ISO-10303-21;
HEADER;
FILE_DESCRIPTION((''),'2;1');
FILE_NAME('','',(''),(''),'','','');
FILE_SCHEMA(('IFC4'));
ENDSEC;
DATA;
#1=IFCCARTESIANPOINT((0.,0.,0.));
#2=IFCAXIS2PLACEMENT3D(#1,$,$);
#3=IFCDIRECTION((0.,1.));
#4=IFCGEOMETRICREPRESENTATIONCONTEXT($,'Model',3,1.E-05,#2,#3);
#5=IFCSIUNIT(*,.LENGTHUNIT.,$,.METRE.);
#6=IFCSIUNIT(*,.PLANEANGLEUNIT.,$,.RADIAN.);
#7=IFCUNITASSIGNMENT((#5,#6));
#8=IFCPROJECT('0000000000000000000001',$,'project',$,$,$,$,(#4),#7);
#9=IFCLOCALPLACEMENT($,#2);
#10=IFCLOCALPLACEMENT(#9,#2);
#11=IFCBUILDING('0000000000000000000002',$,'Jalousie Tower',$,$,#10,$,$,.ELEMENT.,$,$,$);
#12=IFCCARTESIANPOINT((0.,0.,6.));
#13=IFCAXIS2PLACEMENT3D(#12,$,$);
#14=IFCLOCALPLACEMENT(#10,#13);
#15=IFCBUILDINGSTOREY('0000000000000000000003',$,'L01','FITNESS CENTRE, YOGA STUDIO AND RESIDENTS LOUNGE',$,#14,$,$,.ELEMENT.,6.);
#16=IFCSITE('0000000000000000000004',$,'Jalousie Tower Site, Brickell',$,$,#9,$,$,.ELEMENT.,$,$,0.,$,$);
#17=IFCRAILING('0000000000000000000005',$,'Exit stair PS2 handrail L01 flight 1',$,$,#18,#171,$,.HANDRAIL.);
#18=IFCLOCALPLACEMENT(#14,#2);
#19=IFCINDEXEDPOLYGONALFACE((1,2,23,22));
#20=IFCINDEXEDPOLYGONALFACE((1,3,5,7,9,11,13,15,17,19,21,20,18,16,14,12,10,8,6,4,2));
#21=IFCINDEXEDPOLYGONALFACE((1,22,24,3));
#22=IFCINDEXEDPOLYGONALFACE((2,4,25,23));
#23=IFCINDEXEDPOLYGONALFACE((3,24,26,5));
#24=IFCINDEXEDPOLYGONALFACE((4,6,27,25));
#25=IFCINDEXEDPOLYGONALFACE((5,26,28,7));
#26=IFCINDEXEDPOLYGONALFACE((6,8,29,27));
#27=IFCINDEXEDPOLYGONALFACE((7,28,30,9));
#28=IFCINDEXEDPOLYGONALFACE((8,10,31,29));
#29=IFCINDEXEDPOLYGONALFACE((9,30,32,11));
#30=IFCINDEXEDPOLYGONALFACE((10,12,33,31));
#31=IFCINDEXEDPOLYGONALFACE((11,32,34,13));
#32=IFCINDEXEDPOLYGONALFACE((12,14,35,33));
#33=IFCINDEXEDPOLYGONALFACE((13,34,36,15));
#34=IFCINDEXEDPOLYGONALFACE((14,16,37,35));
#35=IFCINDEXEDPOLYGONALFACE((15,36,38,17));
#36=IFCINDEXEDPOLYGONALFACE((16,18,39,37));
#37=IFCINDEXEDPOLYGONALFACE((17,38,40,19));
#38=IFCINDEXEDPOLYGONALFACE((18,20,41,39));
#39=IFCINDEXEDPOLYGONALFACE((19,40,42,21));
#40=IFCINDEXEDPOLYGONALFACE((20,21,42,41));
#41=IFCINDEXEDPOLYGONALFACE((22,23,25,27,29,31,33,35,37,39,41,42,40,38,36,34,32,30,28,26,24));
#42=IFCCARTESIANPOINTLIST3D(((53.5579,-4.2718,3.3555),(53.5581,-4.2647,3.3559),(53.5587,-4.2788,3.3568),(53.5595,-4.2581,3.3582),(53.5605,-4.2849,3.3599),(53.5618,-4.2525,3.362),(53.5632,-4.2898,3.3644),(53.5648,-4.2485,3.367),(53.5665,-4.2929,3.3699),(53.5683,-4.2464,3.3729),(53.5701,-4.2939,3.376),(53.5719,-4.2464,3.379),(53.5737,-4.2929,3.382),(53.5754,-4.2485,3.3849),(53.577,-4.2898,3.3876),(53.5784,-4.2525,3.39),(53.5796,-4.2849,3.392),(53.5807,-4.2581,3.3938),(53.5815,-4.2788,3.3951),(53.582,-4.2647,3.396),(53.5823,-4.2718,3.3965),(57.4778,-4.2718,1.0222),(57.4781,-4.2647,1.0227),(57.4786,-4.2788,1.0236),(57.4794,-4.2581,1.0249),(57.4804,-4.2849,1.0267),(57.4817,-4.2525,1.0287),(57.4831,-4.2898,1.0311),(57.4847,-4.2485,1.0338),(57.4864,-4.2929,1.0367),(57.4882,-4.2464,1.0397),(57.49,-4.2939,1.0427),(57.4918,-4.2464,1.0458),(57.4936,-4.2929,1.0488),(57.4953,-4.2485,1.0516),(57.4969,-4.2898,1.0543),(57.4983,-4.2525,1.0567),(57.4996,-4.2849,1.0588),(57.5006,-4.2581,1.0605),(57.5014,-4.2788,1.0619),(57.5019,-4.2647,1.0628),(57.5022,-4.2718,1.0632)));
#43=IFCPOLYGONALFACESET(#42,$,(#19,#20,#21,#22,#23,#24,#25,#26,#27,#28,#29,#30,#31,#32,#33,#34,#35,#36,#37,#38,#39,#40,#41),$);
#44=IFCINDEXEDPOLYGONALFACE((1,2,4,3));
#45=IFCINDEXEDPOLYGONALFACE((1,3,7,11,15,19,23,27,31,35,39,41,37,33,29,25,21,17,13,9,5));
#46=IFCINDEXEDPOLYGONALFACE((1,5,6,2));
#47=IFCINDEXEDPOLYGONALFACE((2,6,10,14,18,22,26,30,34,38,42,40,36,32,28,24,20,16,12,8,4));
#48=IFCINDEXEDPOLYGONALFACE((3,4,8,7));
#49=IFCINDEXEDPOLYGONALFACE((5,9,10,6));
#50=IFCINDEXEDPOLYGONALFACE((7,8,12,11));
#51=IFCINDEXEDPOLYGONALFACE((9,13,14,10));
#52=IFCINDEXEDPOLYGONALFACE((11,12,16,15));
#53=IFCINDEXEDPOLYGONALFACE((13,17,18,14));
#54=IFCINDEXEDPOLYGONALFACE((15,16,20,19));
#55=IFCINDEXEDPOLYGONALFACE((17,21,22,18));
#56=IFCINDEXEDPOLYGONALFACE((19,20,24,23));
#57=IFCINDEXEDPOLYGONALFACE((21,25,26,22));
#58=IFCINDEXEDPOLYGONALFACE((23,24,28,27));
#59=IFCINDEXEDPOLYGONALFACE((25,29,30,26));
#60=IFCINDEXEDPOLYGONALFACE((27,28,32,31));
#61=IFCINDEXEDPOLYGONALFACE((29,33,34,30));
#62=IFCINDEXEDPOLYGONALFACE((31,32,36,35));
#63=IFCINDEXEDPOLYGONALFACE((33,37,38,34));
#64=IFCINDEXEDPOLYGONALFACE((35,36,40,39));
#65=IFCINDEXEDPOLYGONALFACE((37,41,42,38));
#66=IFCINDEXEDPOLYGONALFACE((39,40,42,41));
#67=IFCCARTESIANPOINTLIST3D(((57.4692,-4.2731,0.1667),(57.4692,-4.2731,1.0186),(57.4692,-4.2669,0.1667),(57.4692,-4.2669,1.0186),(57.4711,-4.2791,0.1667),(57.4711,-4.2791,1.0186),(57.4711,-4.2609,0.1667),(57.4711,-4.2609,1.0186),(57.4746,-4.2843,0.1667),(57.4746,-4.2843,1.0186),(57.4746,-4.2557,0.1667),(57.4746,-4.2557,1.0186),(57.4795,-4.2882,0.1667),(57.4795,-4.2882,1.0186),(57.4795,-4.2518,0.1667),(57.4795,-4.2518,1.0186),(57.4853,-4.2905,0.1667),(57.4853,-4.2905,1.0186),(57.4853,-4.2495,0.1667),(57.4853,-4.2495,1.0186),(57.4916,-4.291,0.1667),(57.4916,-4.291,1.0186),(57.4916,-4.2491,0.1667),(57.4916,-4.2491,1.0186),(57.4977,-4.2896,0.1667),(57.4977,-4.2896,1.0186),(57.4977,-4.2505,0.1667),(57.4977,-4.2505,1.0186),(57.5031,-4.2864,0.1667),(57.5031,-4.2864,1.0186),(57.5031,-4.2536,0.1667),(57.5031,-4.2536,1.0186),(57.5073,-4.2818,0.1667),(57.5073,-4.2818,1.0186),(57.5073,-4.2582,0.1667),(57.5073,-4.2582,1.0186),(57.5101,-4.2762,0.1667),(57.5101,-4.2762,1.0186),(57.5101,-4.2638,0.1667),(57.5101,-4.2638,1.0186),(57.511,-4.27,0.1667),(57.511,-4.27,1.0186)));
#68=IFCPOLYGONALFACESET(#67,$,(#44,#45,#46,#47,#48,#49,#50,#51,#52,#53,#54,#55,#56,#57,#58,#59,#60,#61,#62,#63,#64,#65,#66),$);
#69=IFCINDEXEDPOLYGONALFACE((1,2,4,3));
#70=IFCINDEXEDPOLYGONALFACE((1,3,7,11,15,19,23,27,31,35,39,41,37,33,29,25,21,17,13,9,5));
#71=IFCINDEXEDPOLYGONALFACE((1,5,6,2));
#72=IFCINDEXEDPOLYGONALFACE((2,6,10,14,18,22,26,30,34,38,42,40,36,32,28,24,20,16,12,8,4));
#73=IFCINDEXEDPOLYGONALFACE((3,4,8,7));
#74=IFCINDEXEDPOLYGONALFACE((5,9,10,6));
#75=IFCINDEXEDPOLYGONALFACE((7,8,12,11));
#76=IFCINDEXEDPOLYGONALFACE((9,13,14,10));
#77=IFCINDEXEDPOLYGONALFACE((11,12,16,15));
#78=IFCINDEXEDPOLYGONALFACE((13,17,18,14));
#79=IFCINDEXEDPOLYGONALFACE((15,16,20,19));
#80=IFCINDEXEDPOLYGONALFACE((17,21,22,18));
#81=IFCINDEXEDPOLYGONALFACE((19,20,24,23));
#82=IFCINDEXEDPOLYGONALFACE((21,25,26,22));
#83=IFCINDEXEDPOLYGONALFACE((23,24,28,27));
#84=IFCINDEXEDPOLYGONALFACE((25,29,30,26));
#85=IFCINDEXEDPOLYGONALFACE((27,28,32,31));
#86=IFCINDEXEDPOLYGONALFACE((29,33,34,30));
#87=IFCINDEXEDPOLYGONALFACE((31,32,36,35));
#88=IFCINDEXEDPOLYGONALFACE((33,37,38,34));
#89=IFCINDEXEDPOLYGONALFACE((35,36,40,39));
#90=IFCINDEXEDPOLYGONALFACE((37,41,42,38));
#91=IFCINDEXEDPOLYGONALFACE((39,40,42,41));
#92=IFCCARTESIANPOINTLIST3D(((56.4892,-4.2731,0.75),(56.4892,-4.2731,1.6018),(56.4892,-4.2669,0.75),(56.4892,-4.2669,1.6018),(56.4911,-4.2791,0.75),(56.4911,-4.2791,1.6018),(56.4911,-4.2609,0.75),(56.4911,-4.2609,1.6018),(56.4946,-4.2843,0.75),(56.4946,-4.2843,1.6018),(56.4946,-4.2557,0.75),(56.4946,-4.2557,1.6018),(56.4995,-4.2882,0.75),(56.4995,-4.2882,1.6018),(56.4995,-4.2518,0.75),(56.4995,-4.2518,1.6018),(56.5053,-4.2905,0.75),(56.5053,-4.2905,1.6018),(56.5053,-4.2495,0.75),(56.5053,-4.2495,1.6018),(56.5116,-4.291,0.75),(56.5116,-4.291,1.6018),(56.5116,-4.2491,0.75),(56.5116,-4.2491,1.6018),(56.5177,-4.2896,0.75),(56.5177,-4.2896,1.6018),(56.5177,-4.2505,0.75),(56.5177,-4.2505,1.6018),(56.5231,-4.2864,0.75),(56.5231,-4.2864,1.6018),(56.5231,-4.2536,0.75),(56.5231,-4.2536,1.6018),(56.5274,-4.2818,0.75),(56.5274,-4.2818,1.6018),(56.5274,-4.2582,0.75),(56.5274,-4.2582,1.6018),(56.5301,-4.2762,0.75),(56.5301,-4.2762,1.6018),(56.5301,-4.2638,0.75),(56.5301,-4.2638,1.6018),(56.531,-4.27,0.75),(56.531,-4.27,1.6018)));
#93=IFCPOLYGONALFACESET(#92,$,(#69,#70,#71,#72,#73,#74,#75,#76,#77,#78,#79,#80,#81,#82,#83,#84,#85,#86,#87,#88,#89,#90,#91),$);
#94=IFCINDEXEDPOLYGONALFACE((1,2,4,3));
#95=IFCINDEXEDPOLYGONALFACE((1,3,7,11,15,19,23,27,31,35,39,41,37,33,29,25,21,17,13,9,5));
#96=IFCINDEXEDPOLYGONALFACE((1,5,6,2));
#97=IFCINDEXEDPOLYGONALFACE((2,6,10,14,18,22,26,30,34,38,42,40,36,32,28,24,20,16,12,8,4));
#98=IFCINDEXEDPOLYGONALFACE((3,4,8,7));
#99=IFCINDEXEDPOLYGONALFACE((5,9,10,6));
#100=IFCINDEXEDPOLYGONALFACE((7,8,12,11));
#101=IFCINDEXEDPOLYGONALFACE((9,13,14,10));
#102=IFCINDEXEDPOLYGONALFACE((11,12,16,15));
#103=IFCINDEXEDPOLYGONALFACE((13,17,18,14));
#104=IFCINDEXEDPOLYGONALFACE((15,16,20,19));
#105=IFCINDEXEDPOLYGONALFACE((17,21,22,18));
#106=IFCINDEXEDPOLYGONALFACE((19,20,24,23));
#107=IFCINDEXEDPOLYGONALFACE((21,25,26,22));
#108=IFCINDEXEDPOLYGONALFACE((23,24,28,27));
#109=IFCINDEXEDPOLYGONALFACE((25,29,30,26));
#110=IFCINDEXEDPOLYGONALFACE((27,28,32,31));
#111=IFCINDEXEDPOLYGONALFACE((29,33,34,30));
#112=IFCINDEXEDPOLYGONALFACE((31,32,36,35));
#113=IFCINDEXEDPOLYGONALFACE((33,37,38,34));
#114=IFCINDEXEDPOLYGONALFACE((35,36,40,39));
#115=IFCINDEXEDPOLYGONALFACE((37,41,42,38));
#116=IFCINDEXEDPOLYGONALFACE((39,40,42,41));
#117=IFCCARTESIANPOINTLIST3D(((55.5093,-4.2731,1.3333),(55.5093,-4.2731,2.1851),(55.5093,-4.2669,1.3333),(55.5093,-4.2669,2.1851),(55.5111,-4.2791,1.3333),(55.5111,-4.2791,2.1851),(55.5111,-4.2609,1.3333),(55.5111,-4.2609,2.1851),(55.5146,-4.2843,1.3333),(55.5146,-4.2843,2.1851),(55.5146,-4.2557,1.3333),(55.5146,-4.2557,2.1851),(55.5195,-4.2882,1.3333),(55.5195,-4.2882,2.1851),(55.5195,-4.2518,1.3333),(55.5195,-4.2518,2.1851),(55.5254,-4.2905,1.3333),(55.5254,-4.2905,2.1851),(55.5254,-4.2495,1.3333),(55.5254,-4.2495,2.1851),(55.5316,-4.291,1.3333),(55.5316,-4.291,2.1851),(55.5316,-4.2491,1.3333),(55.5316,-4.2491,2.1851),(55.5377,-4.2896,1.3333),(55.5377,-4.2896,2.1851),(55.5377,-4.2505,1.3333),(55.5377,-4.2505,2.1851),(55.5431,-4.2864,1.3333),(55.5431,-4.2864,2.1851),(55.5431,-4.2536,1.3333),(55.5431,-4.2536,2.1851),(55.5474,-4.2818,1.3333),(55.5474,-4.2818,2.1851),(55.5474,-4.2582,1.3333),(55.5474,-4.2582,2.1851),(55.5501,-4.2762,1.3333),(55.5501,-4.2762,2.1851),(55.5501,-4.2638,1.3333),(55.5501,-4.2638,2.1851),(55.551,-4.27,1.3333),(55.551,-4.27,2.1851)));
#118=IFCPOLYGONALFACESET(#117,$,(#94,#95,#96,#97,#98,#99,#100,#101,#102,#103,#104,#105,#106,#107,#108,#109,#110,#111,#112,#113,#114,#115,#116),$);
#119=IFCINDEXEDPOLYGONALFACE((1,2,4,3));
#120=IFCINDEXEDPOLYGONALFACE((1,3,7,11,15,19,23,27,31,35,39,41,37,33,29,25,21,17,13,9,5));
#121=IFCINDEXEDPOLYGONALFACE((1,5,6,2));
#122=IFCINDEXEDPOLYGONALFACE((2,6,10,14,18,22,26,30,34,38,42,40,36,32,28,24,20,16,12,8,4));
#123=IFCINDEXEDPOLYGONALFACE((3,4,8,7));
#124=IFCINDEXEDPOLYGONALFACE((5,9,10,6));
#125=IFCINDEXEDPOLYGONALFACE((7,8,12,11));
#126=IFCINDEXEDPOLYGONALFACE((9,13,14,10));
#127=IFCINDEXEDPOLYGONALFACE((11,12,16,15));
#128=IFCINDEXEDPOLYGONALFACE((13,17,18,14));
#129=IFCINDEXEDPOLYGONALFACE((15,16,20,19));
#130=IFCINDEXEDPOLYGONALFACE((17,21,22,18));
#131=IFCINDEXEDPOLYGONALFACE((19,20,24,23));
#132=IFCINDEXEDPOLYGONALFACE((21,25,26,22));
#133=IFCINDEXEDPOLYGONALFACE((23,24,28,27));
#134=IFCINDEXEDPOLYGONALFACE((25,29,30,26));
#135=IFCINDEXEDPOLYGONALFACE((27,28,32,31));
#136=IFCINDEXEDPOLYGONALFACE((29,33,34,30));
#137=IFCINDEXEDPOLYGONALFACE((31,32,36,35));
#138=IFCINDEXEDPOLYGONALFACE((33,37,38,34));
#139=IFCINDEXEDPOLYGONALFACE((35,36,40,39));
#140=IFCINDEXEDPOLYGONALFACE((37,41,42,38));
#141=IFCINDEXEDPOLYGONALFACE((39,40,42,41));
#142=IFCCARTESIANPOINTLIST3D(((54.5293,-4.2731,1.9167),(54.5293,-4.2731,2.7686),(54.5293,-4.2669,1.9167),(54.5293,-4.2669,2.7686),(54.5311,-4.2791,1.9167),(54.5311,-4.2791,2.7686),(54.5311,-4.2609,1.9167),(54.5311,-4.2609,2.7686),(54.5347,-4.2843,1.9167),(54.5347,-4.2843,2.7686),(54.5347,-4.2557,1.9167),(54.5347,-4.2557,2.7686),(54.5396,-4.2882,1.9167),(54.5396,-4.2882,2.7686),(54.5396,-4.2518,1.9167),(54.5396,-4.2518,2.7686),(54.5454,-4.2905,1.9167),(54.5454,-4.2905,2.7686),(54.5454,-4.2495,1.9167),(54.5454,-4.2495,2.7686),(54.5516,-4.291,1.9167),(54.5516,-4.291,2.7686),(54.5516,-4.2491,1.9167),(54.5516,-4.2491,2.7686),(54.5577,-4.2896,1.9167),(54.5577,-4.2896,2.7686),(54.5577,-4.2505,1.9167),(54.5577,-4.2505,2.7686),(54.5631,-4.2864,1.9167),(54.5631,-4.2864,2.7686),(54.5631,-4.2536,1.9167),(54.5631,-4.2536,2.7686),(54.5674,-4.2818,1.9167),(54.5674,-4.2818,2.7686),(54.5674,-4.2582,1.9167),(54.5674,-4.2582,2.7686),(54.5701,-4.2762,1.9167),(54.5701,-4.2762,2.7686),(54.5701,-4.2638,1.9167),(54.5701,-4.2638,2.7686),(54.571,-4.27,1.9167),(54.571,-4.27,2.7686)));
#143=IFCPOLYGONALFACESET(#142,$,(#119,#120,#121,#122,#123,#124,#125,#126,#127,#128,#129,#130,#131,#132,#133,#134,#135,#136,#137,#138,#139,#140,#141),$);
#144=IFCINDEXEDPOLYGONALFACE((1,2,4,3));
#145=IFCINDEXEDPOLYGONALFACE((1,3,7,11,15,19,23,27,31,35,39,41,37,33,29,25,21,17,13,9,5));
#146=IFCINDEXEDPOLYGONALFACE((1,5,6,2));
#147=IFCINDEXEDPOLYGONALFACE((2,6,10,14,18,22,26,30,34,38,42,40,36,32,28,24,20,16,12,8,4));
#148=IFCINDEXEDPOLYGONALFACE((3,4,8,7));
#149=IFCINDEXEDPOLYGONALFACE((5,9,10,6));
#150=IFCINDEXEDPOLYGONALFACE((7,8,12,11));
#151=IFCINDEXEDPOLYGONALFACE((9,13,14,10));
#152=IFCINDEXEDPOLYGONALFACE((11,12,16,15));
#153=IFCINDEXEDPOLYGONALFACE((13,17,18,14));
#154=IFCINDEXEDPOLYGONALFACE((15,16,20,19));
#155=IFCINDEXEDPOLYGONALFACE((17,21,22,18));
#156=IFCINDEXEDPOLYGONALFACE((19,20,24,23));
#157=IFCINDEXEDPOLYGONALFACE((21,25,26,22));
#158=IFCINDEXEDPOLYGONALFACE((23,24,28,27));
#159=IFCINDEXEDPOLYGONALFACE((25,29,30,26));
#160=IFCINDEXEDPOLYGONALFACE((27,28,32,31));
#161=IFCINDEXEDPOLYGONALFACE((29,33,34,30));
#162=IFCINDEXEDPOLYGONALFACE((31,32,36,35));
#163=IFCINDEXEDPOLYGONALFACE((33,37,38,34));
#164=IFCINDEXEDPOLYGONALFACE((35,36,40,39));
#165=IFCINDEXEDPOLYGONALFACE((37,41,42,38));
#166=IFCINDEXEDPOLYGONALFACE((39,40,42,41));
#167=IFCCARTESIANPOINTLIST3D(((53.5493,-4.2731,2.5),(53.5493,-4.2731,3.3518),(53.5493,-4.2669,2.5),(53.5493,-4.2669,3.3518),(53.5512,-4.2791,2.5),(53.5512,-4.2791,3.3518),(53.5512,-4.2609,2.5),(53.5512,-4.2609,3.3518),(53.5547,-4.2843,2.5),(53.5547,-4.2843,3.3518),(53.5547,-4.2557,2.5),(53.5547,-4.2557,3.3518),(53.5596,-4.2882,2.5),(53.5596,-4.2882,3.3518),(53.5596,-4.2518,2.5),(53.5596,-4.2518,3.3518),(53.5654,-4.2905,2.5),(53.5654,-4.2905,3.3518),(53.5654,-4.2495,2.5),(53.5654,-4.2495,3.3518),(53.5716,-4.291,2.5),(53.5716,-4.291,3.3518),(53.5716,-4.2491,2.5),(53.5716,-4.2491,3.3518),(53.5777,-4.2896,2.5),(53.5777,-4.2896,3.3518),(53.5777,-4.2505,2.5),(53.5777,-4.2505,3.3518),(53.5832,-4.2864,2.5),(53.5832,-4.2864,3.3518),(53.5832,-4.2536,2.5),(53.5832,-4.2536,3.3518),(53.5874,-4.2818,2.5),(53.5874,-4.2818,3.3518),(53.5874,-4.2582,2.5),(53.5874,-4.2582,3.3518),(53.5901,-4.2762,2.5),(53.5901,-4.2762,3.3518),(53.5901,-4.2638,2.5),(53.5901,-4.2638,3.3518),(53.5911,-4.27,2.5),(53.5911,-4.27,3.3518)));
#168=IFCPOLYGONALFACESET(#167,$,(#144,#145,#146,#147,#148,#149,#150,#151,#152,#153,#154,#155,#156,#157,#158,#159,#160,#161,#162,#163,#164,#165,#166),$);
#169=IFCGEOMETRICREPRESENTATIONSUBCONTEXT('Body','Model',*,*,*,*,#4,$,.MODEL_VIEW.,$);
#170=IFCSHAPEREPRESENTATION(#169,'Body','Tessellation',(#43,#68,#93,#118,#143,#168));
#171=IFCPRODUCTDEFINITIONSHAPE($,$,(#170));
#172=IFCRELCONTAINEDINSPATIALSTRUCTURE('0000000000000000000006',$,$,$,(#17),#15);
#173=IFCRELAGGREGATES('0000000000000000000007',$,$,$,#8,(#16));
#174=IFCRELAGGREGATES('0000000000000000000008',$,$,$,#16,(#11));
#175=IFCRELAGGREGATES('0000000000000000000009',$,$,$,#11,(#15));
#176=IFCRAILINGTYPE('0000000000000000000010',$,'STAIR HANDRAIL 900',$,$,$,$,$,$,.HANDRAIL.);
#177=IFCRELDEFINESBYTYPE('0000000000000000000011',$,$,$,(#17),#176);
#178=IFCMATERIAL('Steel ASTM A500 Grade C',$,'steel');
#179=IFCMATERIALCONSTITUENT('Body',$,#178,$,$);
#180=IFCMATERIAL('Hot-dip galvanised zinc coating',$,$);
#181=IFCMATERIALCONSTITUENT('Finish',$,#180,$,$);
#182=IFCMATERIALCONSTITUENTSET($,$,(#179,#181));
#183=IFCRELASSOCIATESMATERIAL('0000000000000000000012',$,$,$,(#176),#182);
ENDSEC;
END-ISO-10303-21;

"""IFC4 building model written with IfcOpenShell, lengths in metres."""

from ifc_helpers import new_model, si_unit, direction, frame, origin, origin_2d, place, context, subcontext, project, spatial, circle, extrude, material, constituent, constituent_set, type_object, element, save


model = new_model("IFC4")

# Units and contexts
model_context = context("Model", 3, precision=1e-05, world=origin(), true_north=direction((0.0, 1.0)))
body_context = subcontext(model_context, "Body", "Model", "MODEL_VIEW")
ifc_project = project(units=[si_unit("LENGTHUNIT", "METRE"), si_unit("PLANEANGLEUNIT", "RADIAN")], contexts=[model_context])

# Site, building, storey
site_placement = place(None, origin())
site = spatial("IfcSite", under=ifc_project, at=site_placement, Name="Jalousie Tower Site, Brickell", CompositionType="ELEMENT", RefElevation=0.0)
building_placement = place(site_placement, origin())
building = spatial("IfcBuilding", under=site, at=building_placement, Name="Jalousie Tower", CompositionType="ELEMENT")
storey_placement = place(building_placement, frame((0.0, 0.0, 6.0)))
storey = spatial("IfcBuildingStorey", under=building, at=storey_placement, Name="L01", Description="FITNESS CENTRE, YOGA STUDIO AND RESIDENTS LOUNGE", CompositionType="ELEMENT", Elevation=6.0)

# Railing
ifc_material_1 = material(Name="Steel ASTM A500 Grade C", Category="steel")
ifc_constituent_1 = constituent(ifc_material_1, Name="Body")
ifc_material_2 = material(Name="Hot-dip galvanised zinc coating")
ifc_constituent_2 = constituent(ifc_material_2, Name="Finish")
ifc_constituent_set_1 = constituent_set(constituents=[ifc_constituent_1, ifc_constituent_2])
railing_type_1 = type_object("IfcRailingType", Name="STAIR HANDRAIL 900", PredefinedType="HANDRAIL", material=ifc_constituent_set_1)
railing_1_placement = place(storey_placement, frame((57.49, -4.27, 0.1667)))
element("IfcRailing", 1, at=railing_1_placement, inside=storey, type_object=railing_type_1, Name="Exit stair PS2 handrail L01 flight 1", PredefinedType="HANDRAIL", context=body_context, shape_type="SweptSolid", body=[
    extrude(circle(Radius=0.0239, at=origin_2d()), frame((0.0, 0.0, 0.876), z_axis=(-0.859296, 0.0, 0.511478), x_axis=(0.0, -1.0, 0.0)), (0.0, 0.0, 1.0), 4.5618),
    extrude(circle(Radius=0.021, at=origin_2d()), origin(), (0.0, 0.0, 1.0), 0.8518),
    extrude(circle(Radius=0.021, at=origin_2d()), frame((-0.98, 0.0, 0.5833)), (0.0, 0.0, 1.0), 0.8518),
    extrude(circle(Radius=0.021, at=origin_2d()), frame((-1.96, 0.0, 1.1665)), (0.0, 0.0, 1.0), 0.8518),
    extrude(circle(Radius=0.021, at=origin_2d()), frame((-2.9399, 0.0, 1.75)), (0.0, 0.0, 1.0), 0.8518),
    extrude(circle(Radius=0.021, at=origin_2d()), frame((-3.9199, 0.0, 2.3333)), (0.0, 0.0, 1.0), 0.8518),
])

save(model, "model.ifc")
